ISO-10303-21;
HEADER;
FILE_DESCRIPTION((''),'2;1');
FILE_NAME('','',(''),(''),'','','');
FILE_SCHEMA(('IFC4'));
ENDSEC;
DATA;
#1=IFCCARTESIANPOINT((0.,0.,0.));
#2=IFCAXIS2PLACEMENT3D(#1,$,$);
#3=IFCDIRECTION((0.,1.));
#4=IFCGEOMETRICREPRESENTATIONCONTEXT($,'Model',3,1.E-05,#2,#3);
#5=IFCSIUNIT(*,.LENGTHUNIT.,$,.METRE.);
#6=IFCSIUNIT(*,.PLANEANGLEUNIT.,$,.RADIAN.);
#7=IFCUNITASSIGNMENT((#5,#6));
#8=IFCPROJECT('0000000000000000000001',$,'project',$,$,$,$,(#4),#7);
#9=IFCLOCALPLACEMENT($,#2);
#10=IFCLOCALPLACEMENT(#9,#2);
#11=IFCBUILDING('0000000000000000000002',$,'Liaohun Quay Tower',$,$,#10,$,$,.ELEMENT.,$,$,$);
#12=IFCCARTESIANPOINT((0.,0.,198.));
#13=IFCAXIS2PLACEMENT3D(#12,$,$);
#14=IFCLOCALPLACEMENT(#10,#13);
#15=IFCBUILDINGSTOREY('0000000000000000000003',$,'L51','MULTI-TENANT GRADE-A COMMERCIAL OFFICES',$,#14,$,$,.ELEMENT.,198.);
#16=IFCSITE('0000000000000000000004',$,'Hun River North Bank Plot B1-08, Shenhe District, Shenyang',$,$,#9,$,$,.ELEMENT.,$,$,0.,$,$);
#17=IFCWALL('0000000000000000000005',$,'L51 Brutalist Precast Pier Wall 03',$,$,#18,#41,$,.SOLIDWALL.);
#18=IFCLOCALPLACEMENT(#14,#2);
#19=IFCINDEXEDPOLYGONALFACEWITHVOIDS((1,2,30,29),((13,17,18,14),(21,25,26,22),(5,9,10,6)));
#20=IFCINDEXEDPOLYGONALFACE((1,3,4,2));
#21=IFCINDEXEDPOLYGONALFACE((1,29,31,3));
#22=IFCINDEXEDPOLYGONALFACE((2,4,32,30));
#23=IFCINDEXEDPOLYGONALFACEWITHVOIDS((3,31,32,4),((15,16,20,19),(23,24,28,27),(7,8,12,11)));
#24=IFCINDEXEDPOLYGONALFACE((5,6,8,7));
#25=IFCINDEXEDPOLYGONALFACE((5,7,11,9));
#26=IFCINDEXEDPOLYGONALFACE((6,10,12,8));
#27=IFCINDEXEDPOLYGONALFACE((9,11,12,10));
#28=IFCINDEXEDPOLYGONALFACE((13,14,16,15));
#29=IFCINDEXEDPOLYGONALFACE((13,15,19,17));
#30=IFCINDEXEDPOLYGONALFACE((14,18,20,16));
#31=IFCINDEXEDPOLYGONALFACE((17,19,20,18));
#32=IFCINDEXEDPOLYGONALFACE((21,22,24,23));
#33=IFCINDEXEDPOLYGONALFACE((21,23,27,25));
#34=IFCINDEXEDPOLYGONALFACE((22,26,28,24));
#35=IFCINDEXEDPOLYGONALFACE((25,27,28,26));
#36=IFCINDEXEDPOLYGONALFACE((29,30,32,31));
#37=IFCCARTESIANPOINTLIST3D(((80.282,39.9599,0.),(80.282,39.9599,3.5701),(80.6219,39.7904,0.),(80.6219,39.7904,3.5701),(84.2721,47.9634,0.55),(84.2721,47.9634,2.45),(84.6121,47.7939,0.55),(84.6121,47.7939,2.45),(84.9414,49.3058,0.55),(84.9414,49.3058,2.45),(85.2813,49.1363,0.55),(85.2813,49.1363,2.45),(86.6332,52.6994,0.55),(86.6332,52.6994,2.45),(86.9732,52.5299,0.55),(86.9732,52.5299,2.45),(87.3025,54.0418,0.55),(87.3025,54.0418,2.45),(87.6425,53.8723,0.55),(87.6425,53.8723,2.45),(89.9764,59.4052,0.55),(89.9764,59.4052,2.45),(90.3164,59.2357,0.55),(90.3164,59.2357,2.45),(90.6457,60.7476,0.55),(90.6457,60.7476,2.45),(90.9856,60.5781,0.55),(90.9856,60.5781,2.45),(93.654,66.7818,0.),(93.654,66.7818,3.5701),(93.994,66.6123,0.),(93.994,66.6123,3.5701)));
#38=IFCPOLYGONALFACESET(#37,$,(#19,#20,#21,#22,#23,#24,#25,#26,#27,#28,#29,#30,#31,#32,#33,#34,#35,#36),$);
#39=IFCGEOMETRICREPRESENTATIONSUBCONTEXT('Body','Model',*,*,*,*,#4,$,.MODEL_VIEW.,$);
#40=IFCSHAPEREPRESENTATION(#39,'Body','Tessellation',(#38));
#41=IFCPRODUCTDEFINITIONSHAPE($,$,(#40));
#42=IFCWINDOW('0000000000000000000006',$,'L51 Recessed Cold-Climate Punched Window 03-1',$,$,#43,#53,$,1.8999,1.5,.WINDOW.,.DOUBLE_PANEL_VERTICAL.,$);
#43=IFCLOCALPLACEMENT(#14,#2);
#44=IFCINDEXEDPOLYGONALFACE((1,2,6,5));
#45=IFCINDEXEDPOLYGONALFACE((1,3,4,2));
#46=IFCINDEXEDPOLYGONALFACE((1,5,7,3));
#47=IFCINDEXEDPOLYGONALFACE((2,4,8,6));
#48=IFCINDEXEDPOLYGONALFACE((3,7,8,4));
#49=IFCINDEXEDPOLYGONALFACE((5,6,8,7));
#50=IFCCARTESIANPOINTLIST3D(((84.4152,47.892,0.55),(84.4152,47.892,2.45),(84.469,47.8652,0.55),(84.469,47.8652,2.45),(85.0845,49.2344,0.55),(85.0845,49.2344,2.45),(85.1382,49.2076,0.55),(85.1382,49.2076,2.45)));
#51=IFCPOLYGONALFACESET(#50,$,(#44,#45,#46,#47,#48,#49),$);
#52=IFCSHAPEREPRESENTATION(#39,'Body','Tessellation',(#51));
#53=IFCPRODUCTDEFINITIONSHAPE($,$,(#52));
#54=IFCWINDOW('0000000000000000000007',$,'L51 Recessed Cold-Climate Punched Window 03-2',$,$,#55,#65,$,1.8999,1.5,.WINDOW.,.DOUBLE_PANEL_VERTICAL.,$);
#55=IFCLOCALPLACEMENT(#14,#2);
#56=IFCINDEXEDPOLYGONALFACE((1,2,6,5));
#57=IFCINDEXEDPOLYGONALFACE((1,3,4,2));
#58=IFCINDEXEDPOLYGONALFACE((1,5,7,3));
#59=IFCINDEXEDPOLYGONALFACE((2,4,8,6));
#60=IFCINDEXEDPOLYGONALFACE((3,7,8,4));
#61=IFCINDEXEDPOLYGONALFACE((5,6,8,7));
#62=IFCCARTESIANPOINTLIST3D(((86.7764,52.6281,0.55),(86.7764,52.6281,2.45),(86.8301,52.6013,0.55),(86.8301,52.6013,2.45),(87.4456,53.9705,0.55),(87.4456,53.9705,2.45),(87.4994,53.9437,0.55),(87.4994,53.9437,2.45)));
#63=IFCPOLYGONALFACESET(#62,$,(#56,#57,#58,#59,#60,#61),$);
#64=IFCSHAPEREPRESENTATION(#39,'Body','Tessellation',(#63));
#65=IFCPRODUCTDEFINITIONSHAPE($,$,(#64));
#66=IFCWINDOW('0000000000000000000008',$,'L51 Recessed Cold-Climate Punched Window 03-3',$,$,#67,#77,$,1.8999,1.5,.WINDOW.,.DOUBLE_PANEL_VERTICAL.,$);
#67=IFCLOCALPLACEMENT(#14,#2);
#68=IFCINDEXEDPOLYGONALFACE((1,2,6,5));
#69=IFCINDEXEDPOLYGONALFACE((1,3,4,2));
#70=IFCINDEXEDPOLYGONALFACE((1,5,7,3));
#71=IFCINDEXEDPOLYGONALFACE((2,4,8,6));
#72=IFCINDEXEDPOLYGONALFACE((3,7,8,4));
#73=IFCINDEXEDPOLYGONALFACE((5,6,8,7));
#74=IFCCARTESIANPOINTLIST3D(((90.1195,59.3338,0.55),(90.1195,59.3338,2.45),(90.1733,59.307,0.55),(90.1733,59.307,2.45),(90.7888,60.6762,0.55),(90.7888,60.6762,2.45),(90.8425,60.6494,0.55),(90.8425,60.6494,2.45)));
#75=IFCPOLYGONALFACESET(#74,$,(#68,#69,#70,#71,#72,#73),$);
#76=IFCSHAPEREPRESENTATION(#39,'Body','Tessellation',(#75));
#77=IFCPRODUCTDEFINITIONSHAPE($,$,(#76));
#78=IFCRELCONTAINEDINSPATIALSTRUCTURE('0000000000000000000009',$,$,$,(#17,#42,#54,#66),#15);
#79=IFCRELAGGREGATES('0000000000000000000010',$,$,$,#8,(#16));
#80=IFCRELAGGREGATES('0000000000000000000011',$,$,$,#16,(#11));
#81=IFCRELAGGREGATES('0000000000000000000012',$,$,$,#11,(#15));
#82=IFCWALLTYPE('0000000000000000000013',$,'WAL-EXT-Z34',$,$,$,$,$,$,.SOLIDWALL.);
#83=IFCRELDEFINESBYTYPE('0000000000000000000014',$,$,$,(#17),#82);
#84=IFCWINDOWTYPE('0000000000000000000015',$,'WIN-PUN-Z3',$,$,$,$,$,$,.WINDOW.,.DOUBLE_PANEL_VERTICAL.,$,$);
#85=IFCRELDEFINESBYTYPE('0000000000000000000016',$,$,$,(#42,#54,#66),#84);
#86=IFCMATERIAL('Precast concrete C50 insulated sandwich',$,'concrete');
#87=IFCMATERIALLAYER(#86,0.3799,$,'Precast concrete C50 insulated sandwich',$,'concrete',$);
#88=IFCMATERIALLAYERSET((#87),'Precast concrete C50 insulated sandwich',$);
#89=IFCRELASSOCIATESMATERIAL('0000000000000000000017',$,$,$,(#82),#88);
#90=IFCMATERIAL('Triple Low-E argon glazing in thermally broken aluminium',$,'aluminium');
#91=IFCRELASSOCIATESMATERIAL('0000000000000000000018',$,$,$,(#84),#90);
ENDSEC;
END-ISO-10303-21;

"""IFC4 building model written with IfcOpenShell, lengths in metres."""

from ifc_helpers import new_model, si_unit, direction, frame, frame_2d, origin, place, context, subcontext, project, spatial, rectangle, extrude, source, transform, mapped, material, layer, layer_set, type_object, element, fill, save


model = new_model("IFC4")

# Units and contexts
model_context = context("Model", 3, precision=1e-05, world=origin(), true_north=direction((0.0, 1.0)))
body_context = subcontext(model_context, "Body", "Model", "MODEL_VIEW")
ifc_project = project(units=[si_unit("LENGTHUNIT", "METRE"), si_unit("PLANEANGLEUNIT", "RADIAN")], contexts=[model_context])

# Site, building, storey
site_placement = place(None, origin())
site = spatial("IfcSite", under=ifc_project, at=site_placement, Name="Hun River North Bank Plot B1-08, Shenhe District, Shenyang", CompositionType="ELEMENT", RefElevation=0.0)
building_placement = place(site_placement, origin())
building = spatial("IfcBuilding", under=site, at=building_placement, Name="Liaohun Quay Tower", CompositionType="ELEMENT")
storey_placement = place(building_placement, frame((0.0, 0.0, 198.0)))
storey = spatial("IfcBuildingStorey", under=building, at=storey_placement, Name="L51", Description="MULTI-TENANT GRADE-A COMMERCIAL OFFICES", CompositionType="ELEMENT", Elevation=198.0)

# Shared definitions
ifc_material_1 = material(Name="Precast concrete C50 insulated sandwich", Category="concrete")
ifc_layer_1 = layer(ifc_material_1, 0.3799, Name="Precast concrete C50 insulated sandwich", Category="concrete")
ifc_layer_set_1 = layer_set([ifc_layer_1], Name="Precast concrete C50 insulated sandwich")
wall_type_1 = type_object("IfcWallType", Name="WAL-EXT-Z34", PredefinedType="SOLIDWALL", material=ifc_layer_set_1)

# Wall, openings, windows
shared_shape_1 = source(origin(), body_context, "Body", "SweptSolid", [
    extrude(rectangle(XDim=1.5, YDim=1.8999, at=frame_2d((0.75, 0.95))), frame((0.0, 0.2, 0.0), z_axis=(0.0, -1.0, 0.0), x_axis=(1.0, 0.0, 0.0)), (0.0, 0.0, 1.0), 0.3999),
])
ifc_material_2 = material(Name="Triple Low-E argon glazing in thermally broken aluminium", Category="aluminium")
window_type_1 = type_object("IfcWindowType", Name="WIN-PUN-Z3", PartitioningType="DOUBLE_PANEL_VERTICAL", PredefinedType="WINDOW", material=ifc_material_2)
shared_shape_2 = source(origin(), body_context, "Body", "SweptSolid", [
    extrude(rectangle(XDim=1.5, YDim=1.8999, at=frame_2d((0.75, 0.95))), frame((0.0, 0.03, 0.0), z_axis=(0.0, -1.0, 0.0), x_axis=(1.0, 0.0, 0.0)), (0.0, 0.0, 1.0), 0.0601),
])
wall_1_placement = place(storey_placement, frame((80.4519, 39.875, 0.0), z_axis=(0.0, 0.0, 1.0), x_axis=(0.446174, 0.894946, 0.0)))
wall_1 = element("IfcWall", 1, at=wall_1_placement, inside=storey, type_object=wall_type_1, Name="L51 Brutalist Precast Pier Wall 03", PredefinedType="SOLIDWALL", context=body_context, shape_type="SweptSolid", body=[
    extrude(rectangle(XDim=29.9705, YDim=0.3799, at=frame_2d((14.9854, 0.0))), origin(), (0.0, 0.0, 1.0), 3.5701),
])
opening_1_placement = place(wall_1_placement, frame((8.9431, 0.0, 0.55)))
opening_1 = element("IfcOpeningElement", 2, at=opening_1_placement, cuts=wall_1, PredefinedType="OPENING", context=body_context, shape_type="MappedRepresentation", body=[
    mapped(shared_shape_1, transform((0.0, 0.0, 0.0), x_axis=(1.0, 0.0, 0.0), y_axis=(0.0, 1.0, 0.0), z_axis=(0.0, 0.0, 1.0), scale=1.0)),
])
opening_2_placement = place(wall_1_placement, frame((14.2351, 0.0, 0.55)))
opening_2 = element("IfcOpeningElement", 3, at=opening_2_placement, cuts=wall_1, PredefinedType="OPENING", context=body_context, shape_type="MappedRepresentation", body=[
    mapped(shared_shape_1, transform((0.0, 0.0, 0.0), x_axis=(1.0, 0.0, 0.0), y_axis=(0.0, 1.0, 0.0), z_axis=(0.0, 0.0, 1.0), scale=1.0)),
])
opening_3_placement = place(wall_1_placement, frame((21.728, 0.0, 0.55)))
opening_3 = element("IfcOpeningElement", 4, at=opening_3_placement, cuts=wall_1, PredefinedType="OPENING", context=body_context, shape_type="MappedRepresentation", body=[
    mapped(shared_shape_1, transform((0.0, 0.0, 0.0), x_axis=(1.0, 0.0, 0.0), y_axis=(0.0, 1.0, 0.0), z_axis=(0.0, 0.0, 1.0), scale=1.0)),
])
window_1_placement = place(opening_1_placement, origin())
window_1 = element("IfcWindow", 5, at=window_1_placement, inside=storey, type_object=window_type_1, Name="L51 Recessed Cold-Climate Punched Window 03-1", OverallHeight=1.8999, OverallWidth=1.5, PartitioningType="DOUBLE_PANEL_VERTICAL", PredefinedType="WINDOW", context=body_context, shape_type="MappedRepresentation", body=[
    mapped(shared_shape_2, transform((0.0, 0.0, 0.0), x_axis=(1.0, 0.0, 0.0), y_axis=(0.0, 1.0, 0.0), z_axis=(0.0, 0.0, 1.0), scale=1.0)),
])
fill(opening_1, window_1)
window_2_placement = place(opening_2_placement, origin())
window_2 = element("IfcWindow", 6, at=window_2_placement, inside=storey, type_object=window_type_1, Name="L51 Recessed Cold-Climate Punched Window 03-2", OverallHeight=1.8999, OverallWidth=1.5, PartitioningType="DOUBLE_PANEL_VERTICAL", PredefinedType="WINDOW", context=body_context, shape_type="MappedRepresentation", body=[
    mapped(shared_shape_2, transform((0.0, 0.0, 0.0), x_axis=(1.0, 0.0, 0.0), y_axis=(0.0, 1.0, 0.0), z_axis=(0.0, 0.0, 1.0), scale=1.0)),
])
fill(opening_2, window_2)
window_3_placement = place(opening_3_placement, origin())
window_3 = element("IfcWindow", 7, at=window_3_placement, inside=storey, type_object=window_type_1, Name="L51 Recessed Cold-Climate Punched Window 03-3", OverallHeight=1.8999, OverallWidth=1.5, PartitioningType="DOUBLE_PANEL_VERTICAL", PredefinedType="WINDOW", context=body_context, shape_type="MappedRepresentation", body=[
    mapped(shared_shape_2, transform((0.0, 0.0, 0.0), x_axis=(1.0, 0.0, 0.0), y_axis=(0.0, 1.0, 0.0), z_axis=(0.0, 0.0, 1.0), scale=1.0)),
])
fill(opening_3, window_3)

save(model, "model.ifc")
